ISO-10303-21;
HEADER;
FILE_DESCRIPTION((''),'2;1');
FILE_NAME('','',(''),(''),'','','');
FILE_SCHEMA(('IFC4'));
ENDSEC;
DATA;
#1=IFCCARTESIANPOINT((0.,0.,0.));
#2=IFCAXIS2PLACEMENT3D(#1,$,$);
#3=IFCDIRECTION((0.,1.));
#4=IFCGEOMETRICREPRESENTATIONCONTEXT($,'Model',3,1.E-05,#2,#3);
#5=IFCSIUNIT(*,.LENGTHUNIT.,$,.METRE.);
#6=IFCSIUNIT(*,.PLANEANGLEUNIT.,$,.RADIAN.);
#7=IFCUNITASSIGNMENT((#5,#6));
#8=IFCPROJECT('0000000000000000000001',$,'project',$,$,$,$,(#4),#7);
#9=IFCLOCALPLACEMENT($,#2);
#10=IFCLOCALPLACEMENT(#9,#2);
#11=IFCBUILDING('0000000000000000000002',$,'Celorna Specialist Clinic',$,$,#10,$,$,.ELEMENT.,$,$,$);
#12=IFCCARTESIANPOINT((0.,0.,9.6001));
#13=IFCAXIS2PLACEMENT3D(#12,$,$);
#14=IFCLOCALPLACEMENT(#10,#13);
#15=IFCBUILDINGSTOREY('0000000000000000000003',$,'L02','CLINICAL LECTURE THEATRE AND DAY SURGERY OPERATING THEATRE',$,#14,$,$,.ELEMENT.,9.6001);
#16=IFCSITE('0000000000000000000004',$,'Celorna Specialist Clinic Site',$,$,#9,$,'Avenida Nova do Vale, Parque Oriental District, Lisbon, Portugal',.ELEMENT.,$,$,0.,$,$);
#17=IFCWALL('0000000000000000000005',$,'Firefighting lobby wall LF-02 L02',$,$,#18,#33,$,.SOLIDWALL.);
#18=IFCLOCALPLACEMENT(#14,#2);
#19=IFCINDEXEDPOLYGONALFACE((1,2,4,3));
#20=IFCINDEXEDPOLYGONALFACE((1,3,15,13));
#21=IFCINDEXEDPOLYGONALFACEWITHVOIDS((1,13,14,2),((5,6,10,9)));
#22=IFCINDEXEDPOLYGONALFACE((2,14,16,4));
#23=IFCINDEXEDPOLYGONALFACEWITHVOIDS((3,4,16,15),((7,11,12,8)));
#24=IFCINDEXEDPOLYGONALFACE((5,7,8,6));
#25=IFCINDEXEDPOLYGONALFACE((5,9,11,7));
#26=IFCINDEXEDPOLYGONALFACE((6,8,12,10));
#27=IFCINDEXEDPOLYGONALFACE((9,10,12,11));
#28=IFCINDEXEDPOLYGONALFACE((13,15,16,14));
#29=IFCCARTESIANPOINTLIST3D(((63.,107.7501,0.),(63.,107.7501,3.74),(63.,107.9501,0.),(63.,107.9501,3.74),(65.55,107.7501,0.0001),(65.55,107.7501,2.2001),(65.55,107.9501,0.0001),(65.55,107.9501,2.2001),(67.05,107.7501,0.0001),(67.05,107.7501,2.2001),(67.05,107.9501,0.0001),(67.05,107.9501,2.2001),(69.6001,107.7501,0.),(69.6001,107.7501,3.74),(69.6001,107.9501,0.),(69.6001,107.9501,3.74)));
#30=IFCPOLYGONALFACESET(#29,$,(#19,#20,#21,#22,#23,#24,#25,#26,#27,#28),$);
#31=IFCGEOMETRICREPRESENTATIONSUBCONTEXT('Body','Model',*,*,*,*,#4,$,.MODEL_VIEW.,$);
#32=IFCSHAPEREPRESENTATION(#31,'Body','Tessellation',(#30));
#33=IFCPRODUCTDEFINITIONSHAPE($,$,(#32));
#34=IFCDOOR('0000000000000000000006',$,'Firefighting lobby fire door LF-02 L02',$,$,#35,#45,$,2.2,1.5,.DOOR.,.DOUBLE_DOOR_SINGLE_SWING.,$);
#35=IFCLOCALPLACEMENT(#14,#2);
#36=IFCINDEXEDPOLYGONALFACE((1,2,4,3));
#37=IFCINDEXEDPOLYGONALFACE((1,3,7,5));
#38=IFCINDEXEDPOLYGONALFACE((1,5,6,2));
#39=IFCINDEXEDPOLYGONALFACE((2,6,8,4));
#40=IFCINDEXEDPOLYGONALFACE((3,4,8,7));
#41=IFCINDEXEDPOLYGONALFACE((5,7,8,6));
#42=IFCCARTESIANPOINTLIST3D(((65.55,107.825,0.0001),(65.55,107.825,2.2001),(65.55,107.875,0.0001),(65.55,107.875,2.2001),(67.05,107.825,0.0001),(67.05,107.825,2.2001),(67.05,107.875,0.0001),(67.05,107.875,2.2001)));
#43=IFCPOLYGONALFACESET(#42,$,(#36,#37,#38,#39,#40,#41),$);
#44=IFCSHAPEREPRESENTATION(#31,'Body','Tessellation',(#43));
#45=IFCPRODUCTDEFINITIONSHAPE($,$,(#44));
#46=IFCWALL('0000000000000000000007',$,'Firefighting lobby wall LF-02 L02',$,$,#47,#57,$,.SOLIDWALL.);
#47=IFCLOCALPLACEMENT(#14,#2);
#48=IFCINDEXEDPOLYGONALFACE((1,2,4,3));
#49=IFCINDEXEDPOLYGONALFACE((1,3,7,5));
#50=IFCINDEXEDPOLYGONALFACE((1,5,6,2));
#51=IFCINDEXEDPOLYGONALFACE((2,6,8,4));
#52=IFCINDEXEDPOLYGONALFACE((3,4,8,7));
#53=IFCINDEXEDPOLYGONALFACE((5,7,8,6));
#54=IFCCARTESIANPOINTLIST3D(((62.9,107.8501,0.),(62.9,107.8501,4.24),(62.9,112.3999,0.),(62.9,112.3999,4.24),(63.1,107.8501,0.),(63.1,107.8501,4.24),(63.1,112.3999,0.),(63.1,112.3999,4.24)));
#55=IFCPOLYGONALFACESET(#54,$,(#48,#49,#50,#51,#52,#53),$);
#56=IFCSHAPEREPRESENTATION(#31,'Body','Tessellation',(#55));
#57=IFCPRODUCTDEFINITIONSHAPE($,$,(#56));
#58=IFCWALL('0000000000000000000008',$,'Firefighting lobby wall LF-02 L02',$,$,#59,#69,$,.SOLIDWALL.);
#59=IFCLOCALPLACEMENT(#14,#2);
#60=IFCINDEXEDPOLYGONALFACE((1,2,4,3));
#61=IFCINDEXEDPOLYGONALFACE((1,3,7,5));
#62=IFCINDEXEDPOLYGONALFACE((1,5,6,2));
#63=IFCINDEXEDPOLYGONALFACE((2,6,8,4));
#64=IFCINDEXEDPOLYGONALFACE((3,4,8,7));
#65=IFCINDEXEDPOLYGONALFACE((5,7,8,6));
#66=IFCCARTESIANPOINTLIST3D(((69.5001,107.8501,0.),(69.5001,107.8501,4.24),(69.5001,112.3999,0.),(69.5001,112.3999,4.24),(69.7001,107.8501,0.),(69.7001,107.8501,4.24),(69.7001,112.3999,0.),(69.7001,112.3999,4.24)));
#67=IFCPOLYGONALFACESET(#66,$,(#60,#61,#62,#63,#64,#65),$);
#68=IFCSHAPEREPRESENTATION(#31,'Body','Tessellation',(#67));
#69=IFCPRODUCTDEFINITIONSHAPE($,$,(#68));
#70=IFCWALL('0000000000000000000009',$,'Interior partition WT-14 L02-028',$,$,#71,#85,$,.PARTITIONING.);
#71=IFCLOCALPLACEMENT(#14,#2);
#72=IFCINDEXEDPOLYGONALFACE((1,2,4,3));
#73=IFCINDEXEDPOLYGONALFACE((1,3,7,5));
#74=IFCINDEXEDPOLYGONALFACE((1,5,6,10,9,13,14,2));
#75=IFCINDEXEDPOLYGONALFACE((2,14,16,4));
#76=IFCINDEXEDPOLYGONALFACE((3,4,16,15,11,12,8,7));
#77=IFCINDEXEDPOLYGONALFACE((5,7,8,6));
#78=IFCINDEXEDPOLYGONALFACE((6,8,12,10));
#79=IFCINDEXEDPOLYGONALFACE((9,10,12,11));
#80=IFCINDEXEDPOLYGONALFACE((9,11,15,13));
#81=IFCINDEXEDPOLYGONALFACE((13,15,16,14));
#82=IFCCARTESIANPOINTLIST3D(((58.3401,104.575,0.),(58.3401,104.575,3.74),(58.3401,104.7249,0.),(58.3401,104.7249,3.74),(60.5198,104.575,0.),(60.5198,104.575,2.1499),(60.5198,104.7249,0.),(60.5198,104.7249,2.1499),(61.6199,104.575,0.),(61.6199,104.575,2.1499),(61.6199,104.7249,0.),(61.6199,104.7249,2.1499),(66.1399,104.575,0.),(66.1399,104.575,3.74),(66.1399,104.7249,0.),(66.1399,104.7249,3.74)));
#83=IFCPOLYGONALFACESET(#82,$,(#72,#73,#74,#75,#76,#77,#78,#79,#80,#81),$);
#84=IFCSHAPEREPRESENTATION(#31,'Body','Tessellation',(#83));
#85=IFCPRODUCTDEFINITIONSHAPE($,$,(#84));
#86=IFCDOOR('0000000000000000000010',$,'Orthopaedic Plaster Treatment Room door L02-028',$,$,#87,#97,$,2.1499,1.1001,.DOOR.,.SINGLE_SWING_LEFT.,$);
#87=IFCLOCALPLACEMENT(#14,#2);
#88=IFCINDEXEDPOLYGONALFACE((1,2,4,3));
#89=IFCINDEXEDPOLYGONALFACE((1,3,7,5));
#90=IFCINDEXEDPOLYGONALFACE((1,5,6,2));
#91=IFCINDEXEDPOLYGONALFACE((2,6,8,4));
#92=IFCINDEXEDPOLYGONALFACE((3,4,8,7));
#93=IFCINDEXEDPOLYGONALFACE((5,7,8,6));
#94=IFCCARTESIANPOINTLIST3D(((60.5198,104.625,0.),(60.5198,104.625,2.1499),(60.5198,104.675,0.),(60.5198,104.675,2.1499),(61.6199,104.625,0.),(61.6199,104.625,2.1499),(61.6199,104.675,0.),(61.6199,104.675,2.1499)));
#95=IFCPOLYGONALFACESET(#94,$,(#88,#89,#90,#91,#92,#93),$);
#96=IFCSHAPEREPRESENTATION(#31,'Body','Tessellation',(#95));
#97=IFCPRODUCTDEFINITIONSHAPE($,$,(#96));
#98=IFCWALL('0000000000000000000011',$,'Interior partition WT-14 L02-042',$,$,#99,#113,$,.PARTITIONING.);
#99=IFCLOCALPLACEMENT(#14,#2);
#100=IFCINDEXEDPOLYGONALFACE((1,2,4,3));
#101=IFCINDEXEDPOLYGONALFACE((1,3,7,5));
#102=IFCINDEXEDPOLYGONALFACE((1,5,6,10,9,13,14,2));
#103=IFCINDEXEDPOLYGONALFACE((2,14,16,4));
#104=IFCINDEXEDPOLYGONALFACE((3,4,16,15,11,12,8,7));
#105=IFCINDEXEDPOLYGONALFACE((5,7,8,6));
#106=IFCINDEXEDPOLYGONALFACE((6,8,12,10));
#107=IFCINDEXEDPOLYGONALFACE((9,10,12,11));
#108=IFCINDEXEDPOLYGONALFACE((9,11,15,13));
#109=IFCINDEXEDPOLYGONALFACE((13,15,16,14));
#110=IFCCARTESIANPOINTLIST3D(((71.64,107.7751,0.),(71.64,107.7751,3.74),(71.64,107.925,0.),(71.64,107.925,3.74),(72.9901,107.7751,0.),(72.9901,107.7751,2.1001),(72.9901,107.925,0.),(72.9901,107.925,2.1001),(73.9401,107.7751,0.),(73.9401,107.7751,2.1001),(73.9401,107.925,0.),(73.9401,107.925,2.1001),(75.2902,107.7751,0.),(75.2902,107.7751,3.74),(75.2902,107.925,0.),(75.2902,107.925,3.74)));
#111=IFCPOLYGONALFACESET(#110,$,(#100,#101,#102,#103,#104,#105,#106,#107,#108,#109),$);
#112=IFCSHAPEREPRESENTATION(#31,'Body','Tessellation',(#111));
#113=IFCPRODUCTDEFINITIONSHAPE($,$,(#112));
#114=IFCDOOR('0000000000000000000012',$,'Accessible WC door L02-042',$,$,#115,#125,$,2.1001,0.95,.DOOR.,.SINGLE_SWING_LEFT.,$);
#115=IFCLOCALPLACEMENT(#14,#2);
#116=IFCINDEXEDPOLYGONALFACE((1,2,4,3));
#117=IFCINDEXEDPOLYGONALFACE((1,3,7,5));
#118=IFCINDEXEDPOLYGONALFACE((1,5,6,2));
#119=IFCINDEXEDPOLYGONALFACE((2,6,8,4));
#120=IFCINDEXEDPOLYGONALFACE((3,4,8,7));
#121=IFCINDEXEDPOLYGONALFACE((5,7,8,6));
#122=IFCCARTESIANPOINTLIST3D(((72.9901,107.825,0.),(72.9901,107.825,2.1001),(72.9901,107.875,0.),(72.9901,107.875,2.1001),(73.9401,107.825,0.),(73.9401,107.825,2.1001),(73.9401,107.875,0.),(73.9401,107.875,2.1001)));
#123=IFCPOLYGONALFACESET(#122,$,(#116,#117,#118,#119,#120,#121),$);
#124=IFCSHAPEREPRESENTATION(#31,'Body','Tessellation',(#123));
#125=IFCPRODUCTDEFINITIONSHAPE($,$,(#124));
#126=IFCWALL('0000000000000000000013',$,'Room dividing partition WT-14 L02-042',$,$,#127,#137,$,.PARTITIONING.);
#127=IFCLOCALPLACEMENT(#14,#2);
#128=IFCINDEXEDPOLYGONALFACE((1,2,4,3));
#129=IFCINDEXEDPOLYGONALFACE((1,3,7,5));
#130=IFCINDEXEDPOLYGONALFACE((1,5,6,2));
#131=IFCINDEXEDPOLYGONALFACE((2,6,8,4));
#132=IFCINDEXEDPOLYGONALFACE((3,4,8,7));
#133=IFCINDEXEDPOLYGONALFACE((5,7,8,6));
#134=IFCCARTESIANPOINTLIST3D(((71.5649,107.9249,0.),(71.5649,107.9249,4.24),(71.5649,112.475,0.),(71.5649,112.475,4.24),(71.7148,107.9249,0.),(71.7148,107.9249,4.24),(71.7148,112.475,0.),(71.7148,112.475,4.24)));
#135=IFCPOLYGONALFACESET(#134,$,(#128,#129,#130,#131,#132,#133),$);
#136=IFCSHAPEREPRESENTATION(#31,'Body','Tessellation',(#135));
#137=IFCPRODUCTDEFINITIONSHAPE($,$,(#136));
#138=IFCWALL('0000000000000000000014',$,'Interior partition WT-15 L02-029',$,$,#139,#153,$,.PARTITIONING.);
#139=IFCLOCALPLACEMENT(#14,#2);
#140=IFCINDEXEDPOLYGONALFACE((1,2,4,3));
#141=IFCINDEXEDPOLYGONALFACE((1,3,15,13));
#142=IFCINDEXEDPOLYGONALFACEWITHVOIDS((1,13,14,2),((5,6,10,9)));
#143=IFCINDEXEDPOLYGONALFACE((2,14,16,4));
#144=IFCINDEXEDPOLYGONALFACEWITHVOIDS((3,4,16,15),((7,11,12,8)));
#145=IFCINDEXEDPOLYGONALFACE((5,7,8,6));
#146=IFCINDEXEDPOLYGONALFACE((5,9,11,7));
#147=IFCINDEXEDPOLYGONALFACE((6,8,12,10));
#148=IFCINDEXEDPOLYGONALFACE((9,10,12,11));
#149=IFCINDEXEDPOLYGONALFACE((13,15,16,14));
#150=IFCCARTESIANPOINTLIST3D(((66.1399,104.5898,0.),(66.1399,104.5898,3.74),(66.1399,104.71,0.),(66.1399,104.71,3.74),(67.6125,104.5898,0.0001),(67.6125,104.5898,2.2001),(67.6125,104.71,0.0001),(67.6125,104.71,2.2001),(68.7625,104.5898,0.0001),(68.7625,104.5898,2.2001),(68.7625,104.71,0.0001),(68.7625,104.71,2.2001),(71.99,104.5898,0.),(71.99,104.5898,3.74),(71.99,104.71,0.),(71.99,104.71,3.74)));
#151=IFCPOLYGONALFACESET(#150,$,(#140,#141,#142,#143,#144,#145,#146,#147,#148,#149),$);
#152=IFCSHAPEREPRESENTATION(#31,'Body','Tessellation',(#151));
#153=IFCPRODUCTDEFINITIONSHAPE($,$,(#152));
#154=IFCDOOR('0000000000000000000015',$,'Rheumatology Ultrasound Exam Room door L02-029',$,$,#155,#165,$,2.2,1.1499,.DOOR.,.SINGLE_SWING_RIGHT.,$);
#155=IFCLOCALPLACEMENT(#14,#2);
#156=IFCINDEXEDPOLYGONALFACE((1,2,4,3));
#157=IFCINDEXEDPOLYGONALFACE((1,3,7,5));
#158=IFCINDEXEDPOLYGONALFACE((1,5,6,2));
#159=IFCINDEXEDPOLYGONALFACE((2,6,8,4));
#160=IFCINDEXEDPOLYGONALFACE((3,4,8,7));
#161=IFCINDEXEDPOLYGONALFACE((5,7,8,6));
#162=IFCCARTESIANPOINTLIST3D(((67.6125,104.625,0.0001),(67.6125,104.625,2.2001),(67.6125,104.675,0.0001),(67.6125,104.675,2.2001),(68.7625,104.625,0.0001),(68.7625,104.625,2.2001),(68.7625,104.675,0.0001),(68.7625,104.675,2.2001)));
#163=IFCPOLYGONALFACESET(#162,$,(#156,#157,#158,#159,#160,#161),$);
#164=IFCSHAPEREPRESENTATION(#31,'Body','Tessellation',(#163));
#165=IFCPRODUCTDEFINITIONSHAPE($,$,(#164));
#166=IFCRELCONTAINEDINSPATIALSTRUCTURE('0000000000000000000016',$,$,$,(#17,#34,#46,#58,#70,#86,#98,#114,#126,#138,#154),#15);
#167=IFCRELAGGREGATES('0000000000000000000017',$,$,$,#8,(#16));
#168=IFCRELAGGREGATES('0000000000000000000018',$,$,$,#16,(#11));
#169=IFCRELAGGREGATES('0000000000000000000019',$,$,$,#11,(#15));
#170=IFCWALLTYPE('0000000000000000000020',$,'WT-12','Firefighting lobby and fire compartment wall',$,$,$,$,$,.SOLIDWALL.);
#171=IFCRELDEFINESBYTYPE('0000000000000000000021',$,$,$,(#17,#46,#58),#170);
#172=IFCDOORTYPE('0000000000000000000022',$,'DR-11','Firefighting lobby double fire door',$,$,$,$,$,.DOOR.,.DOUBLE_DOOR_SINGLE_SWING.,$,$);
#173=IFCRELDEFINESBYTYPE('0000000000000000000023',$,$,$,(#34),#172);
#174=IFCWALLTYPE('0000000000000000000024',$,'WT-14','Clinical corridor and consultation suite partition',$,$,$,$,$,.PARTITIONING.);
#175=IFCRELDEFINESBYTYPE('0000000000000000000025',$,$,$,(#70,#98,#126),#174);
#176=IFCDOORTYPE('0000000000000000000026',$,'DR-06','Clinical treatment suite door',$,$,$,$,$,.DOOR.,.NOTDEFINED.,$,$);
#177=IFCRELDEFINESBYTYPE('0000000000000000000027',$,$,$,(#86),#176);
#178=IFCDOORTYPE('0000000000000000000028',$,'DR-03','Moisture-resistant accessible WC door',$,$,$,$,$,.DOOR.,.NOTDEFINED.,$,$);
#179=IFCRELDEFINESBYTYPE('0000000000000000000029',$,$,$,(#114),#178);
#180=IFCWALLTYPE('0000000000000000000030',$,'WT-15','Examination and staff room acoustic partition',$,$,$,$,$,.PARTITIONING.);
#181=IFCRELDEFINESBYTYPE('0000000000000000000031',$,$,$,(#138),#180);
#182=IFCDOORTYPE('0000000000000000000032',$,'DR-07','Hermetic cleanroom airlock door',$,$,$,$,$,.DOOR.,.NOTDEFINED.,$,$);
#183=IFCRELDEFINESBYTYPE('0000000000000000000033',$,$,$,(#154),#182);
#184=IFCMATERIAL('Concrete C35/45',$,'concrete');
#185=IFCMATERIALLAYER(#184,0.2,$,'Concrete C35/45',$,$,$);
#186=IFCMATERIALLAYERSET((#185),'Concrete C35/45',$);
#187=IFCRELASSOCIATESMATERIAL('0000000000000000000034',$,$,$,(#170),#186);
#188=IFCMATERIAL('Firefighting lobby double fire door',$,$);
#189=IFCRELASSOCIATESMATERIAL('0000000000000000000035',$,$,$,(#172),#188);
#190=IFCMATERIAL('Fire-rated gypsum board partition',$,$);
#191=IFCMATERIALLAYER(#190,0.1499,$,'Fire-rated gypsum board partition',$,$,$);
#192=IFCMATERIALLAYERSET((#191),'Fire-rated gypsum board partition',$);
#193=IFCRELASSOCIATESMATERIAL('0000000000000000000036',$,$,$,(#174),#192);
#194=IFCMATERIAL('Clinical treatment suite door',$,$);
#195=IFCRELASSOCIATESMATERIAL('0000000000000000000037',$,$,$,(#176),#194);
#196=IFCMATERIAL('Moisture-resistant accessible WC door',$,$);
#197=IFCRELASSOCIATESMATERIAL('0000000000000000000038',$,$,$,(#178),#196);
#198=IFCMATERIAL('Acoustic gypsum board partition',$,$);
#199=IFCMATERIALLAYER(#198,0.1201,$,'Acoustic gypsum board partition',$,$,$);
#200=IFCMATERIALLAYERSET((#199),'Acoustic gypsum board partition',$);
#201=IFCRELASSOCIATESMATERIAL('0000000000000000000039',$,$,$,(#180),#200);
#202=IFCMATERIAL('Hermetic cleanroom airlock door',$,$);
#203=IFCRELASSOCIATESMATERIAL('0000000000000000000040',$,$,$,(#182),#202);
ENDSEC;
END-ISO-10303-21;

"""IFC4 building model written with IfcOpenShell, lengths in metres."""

from ifc_helpers import new_model, si_unit, direction, frame, frame_2d, origin, place, context, subcontext, project, spatial, rectangle, extrude, material, layer, layer_set, type_object, element, fill, save


model = new_model("IFC4")

# Units and contexts
model_context = context("Model", 3, precision=1e-05, world=origin(), true_north=direction((0.0, 1.0)))
body_context = subcontext(model_context, "Body", "Model", "MODEL_VIEW")
ifc_project = project(units=[si_unit("LENGTHUNIT", "METRE"), si_unit("PLANEANGLEUNIT", "RADIAN")], contexts=[model_context])

# Site, building, storey
site_placement = place(None, origin())
site = spatial("IfcSite", under=ifc_project, at=site_placement, Name="Celorna Specialist Clinic Site", LongName="Avenida Nova do Vale, Parque Oriental District, Lisbon, Portugal", CompositionType="ELEMENT", RefElevation=0.0)
building_placement = place(site_placement, origin())
building = spatial("IfcBuilding", under=site, at=building_placement, Name="Celorna Specialist Clinic", CompositionType="ELEMENT")
storey_placement = place(building_placement, frame((0.0, 0.0, 9.6001)))
storey = spatial("IfcBuildingStorey", under=building, at=storey_placement, Name="L02", Description="CLINICAL LECTURE THEATRE AND DAY SURGERY OPERATING THEATRE", CompositionType="ELEMENT", Elevation=9.6001)

# Shared definitions
ifc_material_1 = material(Name="Concrete C35/45", Category="concrete")

# Wall, opening, door
ifc_layer_1 = layer(ifc_material_1, 0.2, Name="Concrete C35/45")
ifc_layer_set_1 = layer_set([ifc_layer_1], Name="Concrete C35/45")
wall_type_1 = type_object("IfcWallType", Name="WT-12", Description="Firefighting lobby and fire compartment wall", PredefinedType="SOLIDWALL", material=ifc_layer_set_1)
wall_1_placement = place(storey_placement, frame((63.0, 107.8501, 0.0), z_axis=(0.0, 0.0, 1.0), x_axis=(1.0, 0.0, 0.0)))
wall_1 = element("IfcWall", 1, at=wall_1_placement, inside=storey, type_object=wall_type_1, Name="Firefighting lobby wall LF-02 L02", PredefinedType="SOLIDWALL", context=body_context, shape_type="SweptSolid", body=[
    extrude(rectangle(XDim=6.6001, YDim=0.2, at=frame_2d((3.3, 0.0))), origin(), (0.0, 0.0, 1.0), 3.74),
])
opening_1_placement = place(wall_1_placement, frame((2.55, 0.0, 0.0)))
opening_1 = element("IfcOpeningElement", 2, at=opening_1_placement, cuts=wall_1, PredefinedType="OPENING", context=body_context, shape_type="SweptSolid", body=[
    extrude(rectangle(XDim=1.5, YDim=2.2, at=frame_2d((0.75, 1.1001))), frame((0.0, 0.1099, 0.0), z_axis=(0.0, -1.0, 0.0), x_axis=(1.0, 0.0, 0.0)), (0.0, 0.0, 1.0), 0.22),
])
ifc_material_2 = material(Name="Firefighting lobby double fire door")
door_type_1 = type_object("IfcDoorType", Name="DR-11", Description="Firefighting lobby double fire door", OperationType="DOUBLE_DOOR_SINGLE_SWING", PredefinedType="DOOR", material=ifc_material_2)
door_1_placement = place(opening_1_placement, origin())
door_1 = element("IfcDoor", 3, at=door_1_placement, inside=storey, type_object=door_type_1, Name="Firefighting lobby fire door LF-02 L02", OperationType="DOUBLE_DOOR_SINGLE_SWING", OverallHeight=2.2, OverallWidth=1.5, PredefinedType="DOOR", context=body_context, shape_type="SweptSolid", body=[
    extrude(rectangle(XDim=1.5, YDim=2.2, at=frame_2d((0.75, 1.1001))), frame((0.0, 0.0249, 0.0), z_axis=(0.0, -1.0, 0.0), x_axis=(1.0, 0.0, 0.0)), (0.0, 0.0, 1.0), 0.05),
])
fill(opening_1, door_1)

# Walls
for number, where, z_axis, x_axis, name in (
    (4, (63.0, 112.3999, 0.0), (0.0, 0.0, 1.0), (0.0, -1.0, 0.0), "Firefighting lobby wall LF-02 L02"),
    (5, (69.6001, 107.8501, 0.0), (0.0, 0.0, 1.0), (0.0, 1.0, 0.0), "Firefighting lobby wall LF-02 L02"),
):
    element("IfcWall", number, at=place(storey_placement, frame(where, z_axis=z_axis, x_axis=x_axis)), inside=storey, type_object=wall_type_1, Name=name, PredefinedType="SOLIDWALL", context=body_context, shape_type="SweptSolid", body=[
        extrude(rectangle(XDim=4.5498, YDim=0.2, at=frame_2d((2.2749, 0.0))), origin(), (0.0, 0.0, 1.0), 4.24),
    ])

# Walls, openings, doors
ifc_material_3 = material(Name="Fire-rated gypsum board partition")
ifc_layer_2 = layer(ifc_material_3, 0.1499, Name="Fire-rated gypsum board partition")
ifc_layer_set_2 = layer_set([ifc_layer_2], Name="Fire-rated gypsum board partition")
wall_type_2 = type_object("IfcWallType", Name="WT-14", Description="Clinical corridor and consultation suite partition", PredefinedType="PARTITIONING", material=ifc_layer_set_2)
wall_2_placement = place(storey_placement, frame((66.1399, 104.6499, 0.0), z_axis=(0.0, 0.0, 1.0), x_axis=(-1.0, 0.0, 0.0)))
wall_2 = element("IfcWall", 6, at=wall_2_placement, inside=storey, type_object=wall_type_2, Name="Interior partition WT-14 L02-028", PredefinedType="PARTITIONING", context=body_context, shape_type="SweptSolid", body=[
    extrude(rectangle(XDim=7.7998, YDim=0.1499, at=frame_2d((3.8999, 0.0))), origin(), (0.0, 0.0, 1.0), 3.74),
])
opening_2_placement = place(wall_2_placement, frame((4.52, 0.0, 0.0)))
opening_2 = element("IfcOpeningElement", 7, at=opening_2_placement, cuts=wall_2, PredefinedType="OPENING", context=body_context, shape_type="SweptSolid", body=[
    extrude(rectangle(XDim=1.1001, YDim=2.1499, at=frame_2d((0.55, 1.075))), frame((0.0, 0.085, 0.0), z_axis=(0.0, -1.0, 0.0), x_axis=(1.0, 0.0, 0.0)), (0.0, 0.0, 1.0), 0.1699),
])
ifc_material_4 = material(Name="Clinical treatment suite door")
door_type_2 = type_object("IfcDoorType", Name="DR-06", Description="Clinical treatment suite door", OperationType="NOTDEFINED", PredefinedType="DOOR", material=ifc_material_4)
door_2_placement = place(opening_2_placement, origin())
door_2 = element("IfcDoor", 8, at=door_2_placement, inside=storey, type_object=door_type_2, Name="Orthopaedic Plaster Treatment Room door L02-028", OperationType="SINGLE_SWING_LEFT", OverallHeight=2.1499, OverallWidth=1.1001, PredefinedType="DOOR", context=body_context, shape_type="SweptSolid", body=[
    extrude(rectangle(XDim=1.1001, YDim=2.1499, at=frame_2d((0.55, 1.075))), frame((0.0, 0.0249, 0.0), z_axis=(0.0, -1.0, 0.0), x_axis=(1.0, 0.0, 0.0)), (0.0, 0.0, 1.0), 0.05),
])
fill(opening_2, door_2)
wall_3_placement = place(storey_placement, frame((71.6399, 107.8501, 0.0), z_axis=(0.0, 0.0, 1.0), x_axis=(1.0, 0.0, 0.0)))
wall_3 = element("IfcWall", 9, at=wall_3_placement, inside=storey, type_object=wall_type_2, Name="Interior partition WT-14 L02-042", PredefinedType="PARTITIONING", context=body_context, shape_type="SweptSolid", body=[
    extrude(rectangle(XDim=3.6501, YDim=0.1499, at=frame_2d((1.8252, 0.0))), origin(), (0.0, 0.0, 1.0), 3.74),
])
opening_3_placement = place(wall_3_placement, frame((1.3501, 0.0, 0.0)))
opening_3 = element("IfcOpeningElement", 10, at=opening_3_placement, cuts=wall_3, PredefinedType="OPENING", context=body_context, shape_type="SweptSolid", body=[
    extrude(rectangle(XDim=0.95, YDim=2.1001, at=frame_2d((0.4751, 1.05))), frame((0.0, 0.085, 0.0), z_axis=(0.0, -1.0, 0.0), x_axis=(1.0, 0.0, 0.0)), (0.0, 0.0, 1.0), 0.1699),
])
ifc_material_5 = material(Name="Moisture-resistant accessible WC door")
door_type_3 = type_object("IfcDoorType", Name="DR-03", Description="Moisture-resistant accessible WC door", OperationType="NOTDEFINED", PredefinedType="DOOR", material=ifc_material_5)
door_3_placement = place(opening_3_placement, origin())
door_3 = element("IfcDoor", 11, at=door_3_placement, inside=storey, type_object=door_type_3, Name="Accessible WC door L02-042", OperationType="SINGLE_SWING_LEFT", OverallHeight=2.1001, OverallWidth=0.95, PredefinedType="DOOR", context=body_context, shape_type="SweptSolid", body=[
    extrude(rectangle(XDim=0.95, YDim=2.1001, at=frame_2d((0.4751, 1.05))), frame((0.0, 0.0249, 0.0), z_axis=(0.0, -1.0, 0.0), x_axis=(1.0, 0.0, 0.0)), (0.0, 0.0, 1.0), 0.05),
])
fill(opening_3, door_3)

# Wall
wall_4_placement = place(storey_placement, frame((71.6399, 107.925, 0.0), z_axis=(0.0, 0.0, 1.0), x_axis=(0.0, 1.0, 0.0)))
element("IfcWall", 12, at=wall_4_placement, inside=storey, type_object=wall_type_2, Name="Room dividing partition WT-14 L02-042", PredefinedType="PARTITIONING", context=body_context, shape_type="SweptSolid", body=[
    extrude(rectangle(XDim=4.55, YDim=0.1499, at=frame_2d((2.2749, 0.0))), origin(), (0.0, 0.0, 1.0), 4.24),
])

# Wall, opening, door
ifc_material_6 = material(Name="Acoustic gypsum board partition")
ifc_layer_3 = layer(ifc_material_6, 0.1201, Name="Acoustic gypsum board partition")
ifc_layer_set_3 = layer_set([ifc_layer_3], Name="Acoustic gypsum board partition")
wall_type_3 = type_object("IfcWallType", Name="WT-15", Description="Examination and staff room acoustic partition", PredefinedType="PARTITIONING", material=ifc_layer_set_3)
wall_5_placement = place(storey_placement, frame((71.99, 104.6499, 0.0), z_axis=(0.0, 0.0, 1.0), x_axis=(-1.0, 0.0, 0.0)))
wall_5 = element("IfcWall", 13, at=wall_5_placement, inside=storey, type_object=wall_type_3, Name="Interior partition WT-15 L02-029", PredefinedType="PARTITIONING", context=body_context, shape_type="SweptSolid", body=[
    extrude(rectangle(XDim=5.8501, YDim=0.1201, at=frame_2d((2.925, 0.0))), origin(), (0.0, 0.0, 1.0), 3.74),
])
opening_4_placement = place(wall_5_placement, frame((3.2275, 0.0, 0.0)))
opening_4 = element("IfcOpeningElement", 14, at=opening_4_placement, cuts=wall_5, PredefinedType="OPENING", context=body_context, shape_type="SweptSolid", body=[
    extrude(rectangle(XDim=1.1499, YDim=2.2, at=frame_2d((0.575, 1.1001))), frame((0.0, 0.0701, 0.0), z_axis=(0.0, -1.0, 0.0), x_axis=(1.0, 0.0, 0.0)), (0.0, 0.0, 1.0), 0.1401),
])
ifc_material_7 = material(Name="Hermetic cleanroom airlock door")
door_type_4 = type_object("IfcDoorType", Name="DR-07", Description="Hermetic cleanroom airlock door", OperationType="NOTDEFINED", PredefinedType="DOOR", material=ifc_material_7)
door_4_placement = place(opening_4_placement, origin())
door_4 = element("IfcDoor", 15, at=door_4_placement, inside=storey, type_object=door_type_4, Name="Rheumatology Ultrasound Exam Room door L02-029", OperationType="SINGLE_SWING_RIGHT", OverallHeight=2.2, OverallWidth=1.1499, PredefinedType="DOOR", context=body_context, shape_type="SweptSolid", body=[
    extrude(rectangle(XDim=1.1499, YDim=2.2, at=frame_2d((0.575, 1.1001))), frame((0.0, 0.0249, 0.0), z_axis=(0.0, -1.0, 0.0), x_axis=(1.0, 0.0, 0.0)), (0.0, 0.0, 1.0), 0.05),
])
fill(opening_4, door_4)

save(model, "model.ifc")
